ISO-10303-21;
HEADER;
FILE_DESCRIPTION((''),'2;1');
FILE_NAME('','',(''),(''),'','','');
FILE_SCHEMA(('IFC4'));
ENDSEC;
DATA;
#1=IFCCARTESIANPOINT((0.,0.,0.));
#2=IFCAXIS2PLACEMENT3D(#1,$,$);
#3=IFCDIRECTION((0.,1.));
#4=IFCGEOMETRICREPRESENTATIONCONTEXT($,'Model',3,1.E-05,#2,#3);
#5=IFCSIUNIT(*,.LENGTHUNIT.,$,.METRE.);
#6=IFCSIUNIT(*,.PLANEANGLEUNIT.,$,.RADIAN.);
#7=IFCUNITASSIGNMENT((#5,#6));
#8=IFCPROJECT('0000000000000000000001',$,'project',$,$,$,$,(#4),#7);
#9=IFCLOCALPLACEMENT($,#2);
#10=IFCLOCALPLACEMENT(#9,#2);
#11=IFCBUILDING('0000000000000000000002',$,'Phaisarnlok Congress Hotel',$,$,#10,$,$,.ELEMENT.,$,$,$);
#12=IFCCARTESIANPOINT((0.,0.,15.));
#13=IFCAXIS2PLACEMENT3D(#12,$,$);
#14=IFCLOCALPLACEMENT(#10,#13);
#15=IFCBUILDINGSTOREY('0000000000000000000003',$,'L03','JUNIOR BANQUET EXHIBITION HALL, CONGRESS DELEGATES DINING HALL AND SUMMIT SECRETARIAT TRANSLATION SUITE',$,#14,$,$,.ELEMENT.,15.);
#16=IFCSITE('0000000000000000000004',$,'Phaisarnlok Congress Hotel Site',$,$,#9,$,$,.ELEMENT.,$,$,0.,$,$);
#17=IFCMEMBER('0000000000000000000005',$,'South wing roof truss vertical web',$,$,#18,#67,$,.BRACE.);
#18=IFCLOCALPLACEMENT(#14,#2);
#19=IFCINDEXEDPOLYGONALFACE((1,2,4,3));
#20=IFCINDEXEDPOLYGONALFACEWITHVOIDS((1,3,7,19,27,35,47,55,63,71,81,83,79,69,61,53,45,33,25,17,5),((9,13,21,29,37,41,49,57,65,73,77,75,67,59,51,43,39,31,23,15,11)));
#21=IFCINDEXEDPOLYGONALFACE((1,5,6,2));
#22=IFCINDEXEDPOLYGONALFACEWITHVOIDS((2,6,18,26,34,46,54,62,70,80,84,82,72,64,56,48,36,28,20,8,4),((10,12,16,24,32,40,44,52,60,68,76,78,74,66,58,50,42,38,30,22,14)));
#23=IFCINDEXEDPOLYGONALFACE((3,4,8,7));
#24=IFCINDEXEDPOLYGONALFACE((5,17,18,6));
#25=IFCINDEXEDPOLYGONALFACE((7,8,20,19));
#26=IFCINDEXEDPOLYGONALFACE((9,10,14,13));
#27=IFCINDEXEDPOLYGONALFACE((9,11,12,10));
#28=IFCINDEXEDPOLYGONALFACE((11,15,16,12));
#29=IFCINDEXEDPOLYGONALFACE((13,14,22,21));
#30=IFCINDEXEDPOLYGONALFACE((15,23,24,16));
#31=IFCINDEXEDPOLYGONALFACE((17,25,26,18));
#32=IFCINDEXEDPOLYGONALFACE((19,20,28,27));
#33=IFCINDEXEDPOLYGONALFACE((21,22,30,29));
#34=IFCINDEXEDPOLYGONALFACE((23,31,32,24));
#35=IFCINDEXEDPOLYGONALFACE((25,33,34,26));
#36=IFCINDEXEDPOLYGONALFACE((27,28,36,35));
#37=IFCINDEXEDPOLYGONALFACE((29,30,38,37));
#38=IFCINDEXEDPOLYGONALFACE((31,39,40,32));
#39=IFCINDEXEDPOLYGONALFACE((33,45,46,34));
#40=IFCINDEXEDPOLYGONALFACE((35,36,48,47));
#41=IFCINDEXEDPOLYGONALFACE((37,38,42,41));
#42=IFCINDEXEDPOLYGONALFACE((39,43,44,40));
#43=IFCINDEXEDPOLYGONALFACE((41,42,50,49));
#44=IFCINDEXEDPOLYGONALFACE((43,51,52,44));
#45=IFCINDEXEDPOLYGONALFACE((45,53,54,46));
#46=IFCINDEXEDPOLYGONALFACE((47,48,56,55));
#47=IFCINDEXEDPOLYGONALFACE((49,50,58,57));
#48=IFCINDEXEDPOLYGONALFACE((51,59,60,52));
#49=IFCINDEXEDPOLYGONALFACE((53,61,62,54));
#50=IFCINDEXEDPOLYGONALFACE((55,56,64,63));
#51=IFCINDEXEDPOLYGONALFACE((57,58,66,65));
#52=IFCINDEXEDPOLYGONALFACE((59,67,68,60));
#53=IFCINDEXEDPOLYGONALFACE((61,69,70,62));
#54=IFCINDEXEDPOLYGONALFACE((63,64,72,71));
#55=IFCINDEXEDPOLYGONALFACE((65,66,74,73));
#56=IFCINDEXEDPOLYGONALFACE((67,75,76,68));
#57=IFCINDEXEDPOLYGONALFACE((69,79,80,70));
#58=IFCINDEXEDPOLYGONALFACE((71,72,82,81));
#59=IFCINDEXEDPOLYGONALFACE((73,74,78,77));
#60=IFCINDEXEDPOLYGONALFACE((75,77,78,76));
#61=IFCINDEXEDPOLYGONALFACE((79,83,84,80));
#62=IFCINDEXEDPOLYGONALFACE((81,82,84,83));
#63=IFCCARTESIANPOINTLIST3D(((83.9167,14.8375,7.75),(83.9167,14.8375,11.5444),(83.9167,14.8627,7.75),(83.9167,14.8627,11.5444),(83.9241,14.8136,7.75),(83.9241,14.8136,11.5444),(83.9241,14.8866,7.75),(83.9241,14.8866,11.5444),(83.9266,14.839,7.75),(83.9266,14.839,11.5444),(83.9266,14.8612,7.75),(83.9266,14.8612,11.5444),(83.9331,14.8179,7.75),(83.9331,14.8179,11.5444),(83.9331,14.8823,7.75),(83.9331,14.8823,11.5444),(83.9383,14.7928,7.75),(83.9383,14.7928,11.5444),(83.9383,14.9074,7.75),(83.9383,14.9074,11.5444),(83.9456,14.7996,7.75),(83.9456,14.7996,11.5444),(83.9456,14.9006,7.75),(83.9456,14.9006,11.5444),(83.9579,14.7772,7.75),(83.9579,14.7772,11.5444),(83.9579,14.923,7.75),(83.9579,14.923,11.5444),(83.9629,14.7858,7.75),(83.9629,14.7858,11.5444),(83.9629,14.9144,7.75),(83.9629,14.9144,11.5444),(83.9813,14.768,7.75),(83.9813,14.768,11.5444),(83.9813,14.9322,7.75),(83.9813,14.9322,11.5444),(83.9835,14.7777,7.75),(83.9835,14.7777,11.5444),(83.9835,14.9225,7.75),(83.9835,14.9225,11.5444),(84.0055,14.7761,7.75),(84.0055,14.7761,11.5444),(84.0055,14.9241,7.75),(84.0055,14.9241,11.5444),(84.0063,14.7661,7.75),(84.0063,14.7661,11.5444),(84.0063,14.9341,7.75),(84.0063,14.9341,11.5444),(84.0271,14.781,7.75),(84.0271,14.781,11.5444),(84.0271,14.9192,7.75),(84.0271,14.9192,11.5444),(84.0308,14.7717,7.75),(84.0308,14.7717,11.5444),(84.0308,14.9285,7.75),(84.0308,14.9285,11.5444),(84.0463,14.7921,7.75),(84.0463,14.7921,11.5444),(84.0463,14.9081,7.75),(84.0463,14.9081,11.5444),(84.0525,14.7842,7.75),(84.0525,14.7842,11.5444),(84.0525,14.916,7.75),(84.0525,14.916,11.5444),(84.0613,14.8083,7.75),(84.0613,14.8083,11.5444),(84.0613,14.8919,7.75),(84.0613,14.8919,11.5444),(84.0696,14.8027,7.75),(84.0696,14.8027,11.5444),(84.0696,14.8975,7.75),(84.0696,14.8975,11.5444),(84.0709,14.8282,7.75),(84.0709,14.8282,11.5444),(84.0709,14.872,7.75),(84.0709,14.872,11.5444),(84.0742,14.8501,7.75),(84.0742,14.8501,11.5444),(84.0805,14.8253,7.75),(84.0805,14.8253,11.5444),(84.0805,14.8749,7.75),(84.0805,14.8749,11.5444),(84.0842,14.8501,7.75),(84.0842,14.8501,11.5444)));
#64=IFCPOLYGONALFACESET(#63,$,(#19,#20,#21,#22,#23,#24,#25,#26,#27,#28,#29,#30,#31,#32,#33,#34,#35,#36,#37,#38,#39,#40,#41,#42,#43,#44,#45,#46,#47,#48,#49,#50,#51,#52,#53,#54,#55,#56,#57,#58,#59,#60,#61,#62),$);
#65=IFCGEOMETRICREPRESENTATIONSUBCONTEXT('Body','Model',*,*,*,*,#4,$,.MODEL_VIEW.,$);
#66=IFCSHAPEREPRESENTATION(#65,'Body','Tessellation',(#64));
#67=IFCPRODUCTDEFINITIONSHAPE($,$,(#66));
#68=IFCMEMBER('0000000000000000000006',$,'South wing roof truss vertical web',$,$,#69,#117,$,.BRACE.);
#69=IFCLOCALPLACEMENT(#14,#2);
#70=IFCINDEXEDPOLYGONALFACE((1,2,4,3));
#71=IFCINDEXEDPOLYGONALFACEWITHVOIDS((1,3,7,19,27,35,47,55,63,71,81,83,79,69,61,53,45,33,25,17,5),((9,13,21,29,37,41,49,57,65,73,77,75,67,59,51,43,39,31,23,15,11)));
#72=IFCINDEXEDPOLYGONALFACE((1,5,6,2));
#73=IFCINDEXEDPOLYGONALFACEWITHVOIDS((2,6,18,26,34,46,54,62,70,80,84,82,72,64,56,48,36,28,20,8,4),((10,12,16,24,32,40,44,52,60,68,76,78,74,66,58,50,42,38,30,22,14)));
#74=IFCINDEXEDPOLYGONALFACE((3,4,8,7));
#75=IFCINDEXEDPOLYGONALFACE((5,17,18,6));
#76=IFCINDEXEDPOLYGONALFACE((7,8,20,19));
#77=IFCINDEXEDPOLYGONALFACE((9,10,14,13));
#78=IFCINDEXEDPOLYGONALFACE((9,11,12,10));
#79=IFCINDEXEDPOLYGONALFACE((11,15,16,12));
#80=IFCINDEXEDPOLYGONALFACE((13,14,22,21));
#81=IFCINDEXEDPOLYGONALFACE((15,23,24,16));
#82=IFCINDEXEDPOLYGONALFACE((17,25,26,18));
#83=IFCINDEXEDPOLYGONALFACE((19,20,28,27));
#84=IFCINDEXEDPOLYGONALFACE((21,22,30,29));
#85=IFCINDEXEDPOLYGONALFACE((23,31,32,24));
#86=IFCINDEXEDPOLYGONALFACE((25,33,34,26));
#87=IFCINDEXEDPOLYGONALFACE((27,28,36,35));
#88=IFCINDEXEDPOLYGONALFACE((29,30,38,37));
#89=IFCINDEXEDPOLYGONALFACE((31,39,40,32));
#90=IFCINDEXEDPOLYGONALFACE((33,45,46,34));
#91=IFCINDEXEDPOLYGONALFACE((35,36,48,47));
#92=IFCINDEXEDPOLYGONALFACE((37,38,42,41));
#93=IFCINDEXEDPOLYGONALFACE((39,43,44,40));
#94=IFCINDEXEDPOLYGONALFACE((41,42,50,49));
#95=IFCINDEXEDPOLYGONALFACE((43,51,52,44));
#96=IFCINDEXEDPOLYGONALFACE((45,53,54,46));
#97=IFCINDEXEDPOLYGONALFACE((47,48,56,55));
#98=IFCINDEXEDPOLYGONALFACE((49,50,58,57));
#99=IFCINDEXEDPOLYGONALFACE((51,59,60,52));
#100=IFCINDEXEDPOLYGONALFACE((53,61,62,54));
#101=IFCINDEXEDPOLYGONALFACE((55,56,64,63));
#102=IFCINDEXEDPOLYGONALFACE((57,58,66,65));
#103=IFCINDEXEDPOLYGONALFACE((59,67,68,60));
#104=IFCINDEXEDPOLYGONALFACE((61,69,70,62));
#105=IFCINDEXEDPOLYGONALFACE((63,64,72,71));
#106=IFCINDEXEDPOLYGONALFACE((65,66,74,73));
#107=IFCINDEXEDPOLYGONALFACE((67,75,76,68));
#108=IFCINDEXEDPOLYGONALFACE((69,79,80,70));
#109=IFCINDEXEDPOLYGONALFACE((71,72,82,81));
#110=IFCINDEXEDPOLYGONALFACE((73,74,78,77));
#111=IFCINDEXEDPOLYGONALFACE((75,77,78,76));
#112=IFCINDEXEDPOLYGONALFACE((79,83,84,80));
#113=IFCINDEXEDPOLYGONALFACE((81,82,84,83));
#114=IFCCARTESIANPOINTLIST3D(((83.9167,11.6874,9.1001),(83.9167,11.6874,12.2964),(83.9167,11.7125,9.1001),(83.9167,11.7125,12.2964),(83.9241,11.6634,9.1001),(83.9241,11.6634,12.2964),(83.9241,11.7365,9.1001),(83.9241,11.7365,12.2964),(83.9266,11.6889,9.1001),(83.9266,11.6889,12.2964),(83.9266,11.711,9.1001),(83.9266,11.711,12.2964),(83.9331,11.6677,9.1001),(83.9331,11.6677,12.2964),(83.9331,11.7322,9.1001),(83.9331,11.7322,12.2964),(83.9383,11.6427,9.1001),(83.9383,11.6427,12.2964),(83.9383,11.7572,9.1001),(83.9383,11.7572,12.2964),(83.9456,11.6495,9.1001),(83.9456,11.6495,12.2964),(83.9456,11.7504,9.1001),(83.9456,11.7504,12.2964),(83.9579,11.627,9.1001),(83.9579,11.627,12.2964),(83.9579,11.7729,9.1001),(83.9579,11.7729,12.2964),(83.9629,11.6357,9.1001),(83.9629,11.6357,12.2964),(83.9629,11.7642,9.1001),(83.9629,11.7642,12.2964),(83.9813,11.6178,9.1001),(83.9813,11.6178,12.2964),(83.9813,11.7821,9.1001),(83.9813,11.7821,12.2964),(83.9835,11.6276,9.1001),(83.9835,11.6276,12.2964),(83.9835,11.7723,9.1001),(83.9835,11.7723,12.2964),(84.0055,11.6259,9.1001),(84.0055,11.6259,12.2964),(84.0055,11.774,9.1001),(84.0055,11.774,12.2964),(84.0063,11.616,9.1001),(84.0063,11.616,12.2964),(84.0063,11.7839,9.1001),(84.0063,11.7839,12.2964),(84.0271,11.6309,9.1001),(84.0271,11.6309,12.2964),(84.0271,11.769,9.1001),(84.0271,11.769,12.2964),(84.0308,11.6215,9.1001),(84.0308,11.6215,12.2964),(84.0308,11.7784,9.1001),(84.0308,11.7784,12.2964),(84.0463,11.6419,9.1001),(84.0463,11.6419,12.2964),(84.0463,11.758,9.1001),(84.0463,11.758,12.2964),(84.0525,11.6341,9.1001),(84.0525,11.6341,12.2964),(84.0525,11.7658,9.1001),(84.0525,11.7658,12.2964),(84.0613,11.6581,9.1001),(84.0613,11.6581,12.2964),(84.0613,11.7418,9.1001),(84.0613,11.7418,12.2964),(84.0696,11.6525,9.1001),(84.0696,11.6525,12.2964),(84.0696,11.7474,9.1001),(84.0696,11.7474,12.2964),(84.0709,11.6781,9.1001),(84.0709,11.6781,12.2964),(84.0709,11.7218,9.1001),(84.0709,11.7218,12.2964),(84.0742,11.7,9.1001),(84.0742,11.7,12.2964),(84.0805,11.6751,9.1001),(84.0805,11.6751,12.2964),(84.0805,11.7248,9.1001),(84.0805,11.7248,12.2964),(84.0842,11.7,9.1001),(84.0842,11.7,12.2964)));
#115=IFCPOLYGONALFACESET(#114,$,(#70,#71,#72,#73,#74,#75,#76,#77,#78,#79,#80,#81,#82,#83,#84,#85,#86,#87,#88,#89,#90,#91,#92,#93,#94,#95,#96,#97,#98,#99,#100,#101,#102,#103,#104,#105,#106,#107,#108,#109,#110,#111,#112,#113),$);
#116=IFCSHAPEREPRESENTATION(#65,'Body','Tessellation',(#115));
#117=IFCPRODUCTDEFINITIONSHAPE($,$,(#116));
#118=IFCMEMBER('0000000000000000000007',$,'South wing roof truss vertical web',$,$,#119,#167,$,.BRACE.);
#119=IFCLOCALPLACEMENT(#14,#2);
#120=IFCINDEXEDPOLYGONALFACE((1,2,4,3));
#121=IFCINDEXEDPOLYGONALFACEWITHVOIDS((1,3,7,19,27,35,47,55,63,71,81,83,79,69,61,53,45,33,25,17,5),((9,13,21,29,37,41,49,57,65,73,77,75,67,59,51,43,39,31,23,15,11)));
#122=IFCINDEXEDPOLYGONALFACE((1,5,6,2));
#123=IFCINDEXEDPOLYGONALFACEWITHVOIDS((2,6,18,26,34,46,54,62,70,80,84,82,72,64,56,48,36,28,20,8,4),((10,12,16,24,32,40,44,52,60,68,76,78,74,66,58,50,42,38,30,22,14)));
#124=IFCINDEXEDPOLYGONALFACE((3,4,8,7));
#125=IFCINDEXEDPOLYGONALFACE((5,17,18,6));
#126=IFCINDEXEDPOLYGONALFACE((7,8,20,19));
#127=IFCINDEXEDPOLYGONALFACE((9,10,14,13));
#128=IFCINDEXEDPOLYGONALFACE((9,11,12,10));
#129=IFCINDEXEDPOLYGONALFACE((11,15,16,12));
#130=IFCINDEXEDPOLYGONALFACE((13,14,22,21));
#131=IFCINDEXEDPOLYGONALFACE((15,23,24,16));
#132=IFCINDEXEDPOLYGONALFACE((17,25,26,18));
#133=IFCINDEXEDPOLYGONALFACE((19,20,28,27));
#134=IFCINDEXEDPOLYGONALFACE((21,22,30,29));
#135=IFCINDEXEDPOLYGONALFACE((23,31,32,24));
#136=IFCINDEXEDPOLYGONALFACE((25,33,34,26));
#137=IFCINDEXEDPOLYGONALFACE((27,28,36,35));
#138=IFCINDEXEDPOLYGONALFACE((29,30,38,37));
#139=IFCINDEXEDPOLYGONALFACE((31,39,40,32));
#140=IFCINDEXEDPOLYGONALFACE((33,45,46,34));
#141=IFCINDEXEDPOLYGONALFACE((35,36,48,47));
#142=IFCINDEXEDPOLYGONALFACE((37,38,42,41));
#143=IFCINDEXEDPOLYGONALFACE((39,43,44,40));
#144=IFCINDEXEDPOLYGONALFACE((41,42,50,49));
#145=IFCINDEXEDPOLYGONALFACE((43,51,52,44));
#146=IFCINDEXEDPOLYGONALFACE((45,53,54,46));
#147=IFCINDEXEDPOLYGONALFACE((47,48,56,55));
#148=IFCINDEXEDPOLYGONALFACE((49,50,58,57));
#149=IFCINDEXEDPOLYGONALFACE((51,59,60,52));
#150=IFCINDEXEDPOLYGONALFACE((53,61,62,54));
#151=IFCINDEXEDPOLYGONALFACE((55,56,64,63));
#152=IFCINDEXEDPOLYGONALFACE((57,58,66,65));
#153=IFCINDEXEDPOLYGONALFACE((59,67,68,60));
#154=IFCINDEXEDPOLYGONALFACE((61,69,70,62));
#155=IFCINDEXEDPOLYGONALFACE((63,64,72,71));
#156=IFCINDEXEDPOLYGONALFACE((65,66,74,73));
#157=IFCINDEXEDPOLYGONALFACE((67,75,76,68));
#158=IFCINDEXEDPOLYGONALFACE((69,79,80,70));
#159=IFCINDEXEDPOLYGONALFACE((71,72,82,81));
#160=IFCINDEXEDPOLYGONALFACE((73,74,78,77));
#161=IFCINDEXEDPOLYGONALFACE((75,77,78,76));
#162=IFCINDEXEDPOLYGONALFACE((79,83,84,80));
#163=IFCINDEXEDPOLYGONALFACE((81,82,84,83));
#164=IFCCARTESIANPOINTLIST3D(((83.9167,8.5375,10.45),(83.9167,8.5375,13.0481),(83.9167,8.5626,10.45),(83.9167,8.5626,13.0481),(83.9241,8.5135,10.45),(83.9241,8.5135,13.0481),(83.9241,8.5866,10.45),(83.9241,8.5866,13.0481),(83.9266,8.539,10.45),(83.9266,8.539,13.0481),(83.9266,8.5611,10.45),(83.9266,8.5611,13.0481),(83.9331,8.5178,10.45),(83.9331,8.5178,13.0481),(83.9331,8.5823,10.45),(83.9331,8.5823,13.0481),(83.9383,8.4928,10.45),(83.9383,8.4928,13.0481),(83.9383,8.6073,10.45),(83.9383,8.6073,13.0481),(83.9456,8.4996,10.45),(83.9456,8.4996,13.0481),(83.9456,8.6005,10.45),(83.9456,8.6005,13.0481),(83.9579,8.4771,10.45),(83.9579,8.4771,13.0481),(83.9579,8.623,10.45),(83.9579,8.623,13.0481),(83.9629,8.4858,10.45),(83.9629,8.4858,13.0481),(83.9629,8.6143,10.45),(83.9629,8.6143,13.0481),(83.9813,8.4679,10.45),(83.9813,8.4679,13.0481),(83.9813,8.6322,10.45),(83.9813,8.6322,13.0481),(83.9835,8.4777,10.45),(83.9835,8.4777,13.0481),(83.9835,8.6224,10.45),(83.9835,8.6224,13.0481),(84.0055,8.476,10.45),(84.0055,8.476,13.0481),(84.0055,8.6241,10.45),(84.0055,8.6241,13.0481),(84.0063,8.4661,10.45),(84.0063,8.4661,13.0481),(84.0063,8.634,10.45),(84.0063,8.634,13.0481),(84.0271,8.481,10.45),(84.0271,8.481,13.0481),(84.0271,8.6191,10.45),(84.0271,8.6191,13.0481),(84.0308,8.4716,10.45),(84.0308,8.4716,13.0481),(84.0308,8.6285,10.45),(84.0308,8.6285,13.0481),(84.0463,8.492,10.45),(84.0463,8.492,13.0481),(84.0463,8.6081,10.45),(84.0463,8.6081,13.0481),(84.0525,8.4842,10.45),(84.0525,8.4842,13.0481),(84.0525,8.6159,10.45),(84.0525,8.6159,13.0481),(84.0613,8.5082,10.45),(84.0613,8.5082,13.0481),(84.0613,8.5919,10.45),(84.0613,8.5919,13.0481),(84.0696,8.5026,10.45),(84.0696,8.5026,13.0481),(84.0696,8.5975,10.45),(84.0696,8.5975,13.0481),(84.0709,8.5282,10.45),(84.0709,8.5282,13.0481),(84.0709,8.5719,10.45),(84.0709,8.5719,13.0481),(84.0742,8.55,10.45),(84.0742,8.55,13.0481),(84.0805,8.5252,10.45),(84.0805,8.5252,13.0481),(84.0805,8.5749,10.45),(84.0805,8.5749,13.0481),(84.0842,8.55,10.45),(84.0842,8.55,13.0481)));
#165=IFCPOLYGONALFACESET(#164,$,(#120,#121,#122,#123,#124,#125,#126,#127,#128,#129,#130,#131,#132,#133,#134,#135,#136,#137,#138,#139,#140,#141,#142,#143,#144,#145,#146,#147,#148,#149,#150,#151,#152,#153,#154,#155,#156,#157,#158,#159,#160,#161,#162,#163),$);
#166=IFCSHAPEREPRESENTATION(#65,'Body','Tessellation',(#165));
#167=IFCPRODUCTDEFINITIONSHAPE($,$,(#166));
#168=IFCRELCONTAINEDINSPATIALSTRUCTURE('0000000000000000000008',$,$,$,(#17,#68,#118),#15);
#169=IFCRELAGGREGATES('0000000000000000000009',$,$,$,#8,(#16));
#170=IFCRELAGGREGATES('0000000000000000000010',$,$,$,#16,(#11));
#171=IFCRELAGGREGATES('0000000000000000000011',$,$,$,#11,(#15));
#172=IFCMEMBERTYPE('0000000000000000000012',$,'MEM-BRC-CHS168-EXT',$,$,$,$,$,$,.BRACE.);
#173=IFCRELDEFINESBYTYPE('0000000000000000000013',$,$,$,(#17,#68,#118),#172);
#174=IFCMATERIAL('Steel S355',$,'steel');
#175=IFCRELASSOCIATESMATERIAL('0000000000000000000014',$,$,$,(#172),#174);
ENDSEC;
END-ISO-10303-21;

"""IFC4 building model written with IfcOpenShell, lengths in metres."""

from ifc_helpers import new_model, si_unit, direction, frame, origin, origin_2d, place, context, subcontext, project, spatial, hollow_circle, extrude, material, material_profile, profile_set, type_object, element, save


model = new_model("IFC4")

# Units and contexts
model_context = context("Model", 3, precision=1e-05, world=origin(), true_north=direction((0.0, 1.0)))
body_context = subcontext(model_context, "Body", "Model", "MODEL_VIEW")
ifc_project = project(units=[si_unit("LENGTHUNIT", "METRE"), si_unit("PLANEANGLEUNIT", "RADIAN")], contexts=[model_context])

# Site, building, storey
site_placement = place(None, origin())
site = spatial("IfcSite", under=ifc_project, at=site_placement, Name="Phaisarnlok Congress Hotel Site", CompositionType="ELEMENT", RefElevation=0.0)
building_placement = place(site_placement, origin())
building = spatial("IfcBuilding", under=site, at=building_placement, Name="Phaisarnlok Congress Hotel", CompositionType="ELEMENT")
storey_placement = place(building_placement, frame((0.0, 0.0, 15.0)))
storey = spatial("IfcBuildingStorey", under=building, at=storey_placement, Name="L03", Description="JUNIOR BANQUET EXHIBITION HALL, CONGRESS DELEGATES DINING HALL AND SUMMIT SECRETARIAT TRANSLATION SUITE", CompositionType="ELEMENT", Elevation=15.0)

# Shared definitions
ifc_material_1 = material(Name="Steel S355", Category="steel")

# Members
ifc_material_profile_1 = material_profile(ifc_material_1, hollow_circle(Radius=0.0842, WallThickness=0.01, at=origin_2d()), Name="CHS 168.3x10")
ifc_profile_set_1 = profile_set([ifc_material_profile_1], Name="Steel S355")
member_type_1 = type_object("IfcMemberType", Name="MEM-BRC-CHS168-EXT", PredefinedType="BRACE", material=ifc_profile_set_1)
member_1_placement = place(storey_placement, frame((84.0, 14.8501, 7.75), z_axis=(0.0, 0.0, 1.0), x_axis=(1.0, 0.0, 0.0)))
element("IfcMember", 1, at=member_1_placement, inside=storey, type_object=member_type_1, Name="South wing roof truss vertical web", PredefinedType="BRACE", context=body_context, shape_type="SweptSolid", body=[
    extrude(hollow_circle(Radius=0.0842, WallThickness=0.01, at=origin_2d()), origin(), (0.0, 0.0, 1.0), 3.7944),
])
member_2_placement = place(storey_placement, frame((84.0, 11.7, 9.1001), z_axis=(0.0, 0.0, 1.0), x_axis=(1.0, 0.0, 0.0)))
element("IfcMember", 2, at=member_2_placement, inside=storey, type_object=member_type_1, Name="South wing roof truss vertical web", PredefinedType="BRACE", context=body_context, shape_type="SweptSolid", body=[
    extrude(hollow_circle(Radius=0.0842, WallThickness=0.01, at=origin_2d()), origin(), (0.0, 0.0, 1.0), 3.1963),
])
member_3_placement = place(storey_placement, frame((84.0, 8.55, 10.45), z_axis=(0.0, 0.0, 1.0), x_axis=(1.0, 0.0, 0.0)))
element("IfcMember", 3, at=member_3_placement, inside=storey, type_object=member_type_1, Name="South wing roof truss vertical web", PredefinedType="BRACE", context=body_context, shape_type="SweptSolid", body=[
    extrude(hollow_circle(Radius=0.0842, WallThickness=0.01, at=origin_2d()), origin(), (0.0, 0.0, 1.0), 2.5981),
])

save(model, "model.ifc")
